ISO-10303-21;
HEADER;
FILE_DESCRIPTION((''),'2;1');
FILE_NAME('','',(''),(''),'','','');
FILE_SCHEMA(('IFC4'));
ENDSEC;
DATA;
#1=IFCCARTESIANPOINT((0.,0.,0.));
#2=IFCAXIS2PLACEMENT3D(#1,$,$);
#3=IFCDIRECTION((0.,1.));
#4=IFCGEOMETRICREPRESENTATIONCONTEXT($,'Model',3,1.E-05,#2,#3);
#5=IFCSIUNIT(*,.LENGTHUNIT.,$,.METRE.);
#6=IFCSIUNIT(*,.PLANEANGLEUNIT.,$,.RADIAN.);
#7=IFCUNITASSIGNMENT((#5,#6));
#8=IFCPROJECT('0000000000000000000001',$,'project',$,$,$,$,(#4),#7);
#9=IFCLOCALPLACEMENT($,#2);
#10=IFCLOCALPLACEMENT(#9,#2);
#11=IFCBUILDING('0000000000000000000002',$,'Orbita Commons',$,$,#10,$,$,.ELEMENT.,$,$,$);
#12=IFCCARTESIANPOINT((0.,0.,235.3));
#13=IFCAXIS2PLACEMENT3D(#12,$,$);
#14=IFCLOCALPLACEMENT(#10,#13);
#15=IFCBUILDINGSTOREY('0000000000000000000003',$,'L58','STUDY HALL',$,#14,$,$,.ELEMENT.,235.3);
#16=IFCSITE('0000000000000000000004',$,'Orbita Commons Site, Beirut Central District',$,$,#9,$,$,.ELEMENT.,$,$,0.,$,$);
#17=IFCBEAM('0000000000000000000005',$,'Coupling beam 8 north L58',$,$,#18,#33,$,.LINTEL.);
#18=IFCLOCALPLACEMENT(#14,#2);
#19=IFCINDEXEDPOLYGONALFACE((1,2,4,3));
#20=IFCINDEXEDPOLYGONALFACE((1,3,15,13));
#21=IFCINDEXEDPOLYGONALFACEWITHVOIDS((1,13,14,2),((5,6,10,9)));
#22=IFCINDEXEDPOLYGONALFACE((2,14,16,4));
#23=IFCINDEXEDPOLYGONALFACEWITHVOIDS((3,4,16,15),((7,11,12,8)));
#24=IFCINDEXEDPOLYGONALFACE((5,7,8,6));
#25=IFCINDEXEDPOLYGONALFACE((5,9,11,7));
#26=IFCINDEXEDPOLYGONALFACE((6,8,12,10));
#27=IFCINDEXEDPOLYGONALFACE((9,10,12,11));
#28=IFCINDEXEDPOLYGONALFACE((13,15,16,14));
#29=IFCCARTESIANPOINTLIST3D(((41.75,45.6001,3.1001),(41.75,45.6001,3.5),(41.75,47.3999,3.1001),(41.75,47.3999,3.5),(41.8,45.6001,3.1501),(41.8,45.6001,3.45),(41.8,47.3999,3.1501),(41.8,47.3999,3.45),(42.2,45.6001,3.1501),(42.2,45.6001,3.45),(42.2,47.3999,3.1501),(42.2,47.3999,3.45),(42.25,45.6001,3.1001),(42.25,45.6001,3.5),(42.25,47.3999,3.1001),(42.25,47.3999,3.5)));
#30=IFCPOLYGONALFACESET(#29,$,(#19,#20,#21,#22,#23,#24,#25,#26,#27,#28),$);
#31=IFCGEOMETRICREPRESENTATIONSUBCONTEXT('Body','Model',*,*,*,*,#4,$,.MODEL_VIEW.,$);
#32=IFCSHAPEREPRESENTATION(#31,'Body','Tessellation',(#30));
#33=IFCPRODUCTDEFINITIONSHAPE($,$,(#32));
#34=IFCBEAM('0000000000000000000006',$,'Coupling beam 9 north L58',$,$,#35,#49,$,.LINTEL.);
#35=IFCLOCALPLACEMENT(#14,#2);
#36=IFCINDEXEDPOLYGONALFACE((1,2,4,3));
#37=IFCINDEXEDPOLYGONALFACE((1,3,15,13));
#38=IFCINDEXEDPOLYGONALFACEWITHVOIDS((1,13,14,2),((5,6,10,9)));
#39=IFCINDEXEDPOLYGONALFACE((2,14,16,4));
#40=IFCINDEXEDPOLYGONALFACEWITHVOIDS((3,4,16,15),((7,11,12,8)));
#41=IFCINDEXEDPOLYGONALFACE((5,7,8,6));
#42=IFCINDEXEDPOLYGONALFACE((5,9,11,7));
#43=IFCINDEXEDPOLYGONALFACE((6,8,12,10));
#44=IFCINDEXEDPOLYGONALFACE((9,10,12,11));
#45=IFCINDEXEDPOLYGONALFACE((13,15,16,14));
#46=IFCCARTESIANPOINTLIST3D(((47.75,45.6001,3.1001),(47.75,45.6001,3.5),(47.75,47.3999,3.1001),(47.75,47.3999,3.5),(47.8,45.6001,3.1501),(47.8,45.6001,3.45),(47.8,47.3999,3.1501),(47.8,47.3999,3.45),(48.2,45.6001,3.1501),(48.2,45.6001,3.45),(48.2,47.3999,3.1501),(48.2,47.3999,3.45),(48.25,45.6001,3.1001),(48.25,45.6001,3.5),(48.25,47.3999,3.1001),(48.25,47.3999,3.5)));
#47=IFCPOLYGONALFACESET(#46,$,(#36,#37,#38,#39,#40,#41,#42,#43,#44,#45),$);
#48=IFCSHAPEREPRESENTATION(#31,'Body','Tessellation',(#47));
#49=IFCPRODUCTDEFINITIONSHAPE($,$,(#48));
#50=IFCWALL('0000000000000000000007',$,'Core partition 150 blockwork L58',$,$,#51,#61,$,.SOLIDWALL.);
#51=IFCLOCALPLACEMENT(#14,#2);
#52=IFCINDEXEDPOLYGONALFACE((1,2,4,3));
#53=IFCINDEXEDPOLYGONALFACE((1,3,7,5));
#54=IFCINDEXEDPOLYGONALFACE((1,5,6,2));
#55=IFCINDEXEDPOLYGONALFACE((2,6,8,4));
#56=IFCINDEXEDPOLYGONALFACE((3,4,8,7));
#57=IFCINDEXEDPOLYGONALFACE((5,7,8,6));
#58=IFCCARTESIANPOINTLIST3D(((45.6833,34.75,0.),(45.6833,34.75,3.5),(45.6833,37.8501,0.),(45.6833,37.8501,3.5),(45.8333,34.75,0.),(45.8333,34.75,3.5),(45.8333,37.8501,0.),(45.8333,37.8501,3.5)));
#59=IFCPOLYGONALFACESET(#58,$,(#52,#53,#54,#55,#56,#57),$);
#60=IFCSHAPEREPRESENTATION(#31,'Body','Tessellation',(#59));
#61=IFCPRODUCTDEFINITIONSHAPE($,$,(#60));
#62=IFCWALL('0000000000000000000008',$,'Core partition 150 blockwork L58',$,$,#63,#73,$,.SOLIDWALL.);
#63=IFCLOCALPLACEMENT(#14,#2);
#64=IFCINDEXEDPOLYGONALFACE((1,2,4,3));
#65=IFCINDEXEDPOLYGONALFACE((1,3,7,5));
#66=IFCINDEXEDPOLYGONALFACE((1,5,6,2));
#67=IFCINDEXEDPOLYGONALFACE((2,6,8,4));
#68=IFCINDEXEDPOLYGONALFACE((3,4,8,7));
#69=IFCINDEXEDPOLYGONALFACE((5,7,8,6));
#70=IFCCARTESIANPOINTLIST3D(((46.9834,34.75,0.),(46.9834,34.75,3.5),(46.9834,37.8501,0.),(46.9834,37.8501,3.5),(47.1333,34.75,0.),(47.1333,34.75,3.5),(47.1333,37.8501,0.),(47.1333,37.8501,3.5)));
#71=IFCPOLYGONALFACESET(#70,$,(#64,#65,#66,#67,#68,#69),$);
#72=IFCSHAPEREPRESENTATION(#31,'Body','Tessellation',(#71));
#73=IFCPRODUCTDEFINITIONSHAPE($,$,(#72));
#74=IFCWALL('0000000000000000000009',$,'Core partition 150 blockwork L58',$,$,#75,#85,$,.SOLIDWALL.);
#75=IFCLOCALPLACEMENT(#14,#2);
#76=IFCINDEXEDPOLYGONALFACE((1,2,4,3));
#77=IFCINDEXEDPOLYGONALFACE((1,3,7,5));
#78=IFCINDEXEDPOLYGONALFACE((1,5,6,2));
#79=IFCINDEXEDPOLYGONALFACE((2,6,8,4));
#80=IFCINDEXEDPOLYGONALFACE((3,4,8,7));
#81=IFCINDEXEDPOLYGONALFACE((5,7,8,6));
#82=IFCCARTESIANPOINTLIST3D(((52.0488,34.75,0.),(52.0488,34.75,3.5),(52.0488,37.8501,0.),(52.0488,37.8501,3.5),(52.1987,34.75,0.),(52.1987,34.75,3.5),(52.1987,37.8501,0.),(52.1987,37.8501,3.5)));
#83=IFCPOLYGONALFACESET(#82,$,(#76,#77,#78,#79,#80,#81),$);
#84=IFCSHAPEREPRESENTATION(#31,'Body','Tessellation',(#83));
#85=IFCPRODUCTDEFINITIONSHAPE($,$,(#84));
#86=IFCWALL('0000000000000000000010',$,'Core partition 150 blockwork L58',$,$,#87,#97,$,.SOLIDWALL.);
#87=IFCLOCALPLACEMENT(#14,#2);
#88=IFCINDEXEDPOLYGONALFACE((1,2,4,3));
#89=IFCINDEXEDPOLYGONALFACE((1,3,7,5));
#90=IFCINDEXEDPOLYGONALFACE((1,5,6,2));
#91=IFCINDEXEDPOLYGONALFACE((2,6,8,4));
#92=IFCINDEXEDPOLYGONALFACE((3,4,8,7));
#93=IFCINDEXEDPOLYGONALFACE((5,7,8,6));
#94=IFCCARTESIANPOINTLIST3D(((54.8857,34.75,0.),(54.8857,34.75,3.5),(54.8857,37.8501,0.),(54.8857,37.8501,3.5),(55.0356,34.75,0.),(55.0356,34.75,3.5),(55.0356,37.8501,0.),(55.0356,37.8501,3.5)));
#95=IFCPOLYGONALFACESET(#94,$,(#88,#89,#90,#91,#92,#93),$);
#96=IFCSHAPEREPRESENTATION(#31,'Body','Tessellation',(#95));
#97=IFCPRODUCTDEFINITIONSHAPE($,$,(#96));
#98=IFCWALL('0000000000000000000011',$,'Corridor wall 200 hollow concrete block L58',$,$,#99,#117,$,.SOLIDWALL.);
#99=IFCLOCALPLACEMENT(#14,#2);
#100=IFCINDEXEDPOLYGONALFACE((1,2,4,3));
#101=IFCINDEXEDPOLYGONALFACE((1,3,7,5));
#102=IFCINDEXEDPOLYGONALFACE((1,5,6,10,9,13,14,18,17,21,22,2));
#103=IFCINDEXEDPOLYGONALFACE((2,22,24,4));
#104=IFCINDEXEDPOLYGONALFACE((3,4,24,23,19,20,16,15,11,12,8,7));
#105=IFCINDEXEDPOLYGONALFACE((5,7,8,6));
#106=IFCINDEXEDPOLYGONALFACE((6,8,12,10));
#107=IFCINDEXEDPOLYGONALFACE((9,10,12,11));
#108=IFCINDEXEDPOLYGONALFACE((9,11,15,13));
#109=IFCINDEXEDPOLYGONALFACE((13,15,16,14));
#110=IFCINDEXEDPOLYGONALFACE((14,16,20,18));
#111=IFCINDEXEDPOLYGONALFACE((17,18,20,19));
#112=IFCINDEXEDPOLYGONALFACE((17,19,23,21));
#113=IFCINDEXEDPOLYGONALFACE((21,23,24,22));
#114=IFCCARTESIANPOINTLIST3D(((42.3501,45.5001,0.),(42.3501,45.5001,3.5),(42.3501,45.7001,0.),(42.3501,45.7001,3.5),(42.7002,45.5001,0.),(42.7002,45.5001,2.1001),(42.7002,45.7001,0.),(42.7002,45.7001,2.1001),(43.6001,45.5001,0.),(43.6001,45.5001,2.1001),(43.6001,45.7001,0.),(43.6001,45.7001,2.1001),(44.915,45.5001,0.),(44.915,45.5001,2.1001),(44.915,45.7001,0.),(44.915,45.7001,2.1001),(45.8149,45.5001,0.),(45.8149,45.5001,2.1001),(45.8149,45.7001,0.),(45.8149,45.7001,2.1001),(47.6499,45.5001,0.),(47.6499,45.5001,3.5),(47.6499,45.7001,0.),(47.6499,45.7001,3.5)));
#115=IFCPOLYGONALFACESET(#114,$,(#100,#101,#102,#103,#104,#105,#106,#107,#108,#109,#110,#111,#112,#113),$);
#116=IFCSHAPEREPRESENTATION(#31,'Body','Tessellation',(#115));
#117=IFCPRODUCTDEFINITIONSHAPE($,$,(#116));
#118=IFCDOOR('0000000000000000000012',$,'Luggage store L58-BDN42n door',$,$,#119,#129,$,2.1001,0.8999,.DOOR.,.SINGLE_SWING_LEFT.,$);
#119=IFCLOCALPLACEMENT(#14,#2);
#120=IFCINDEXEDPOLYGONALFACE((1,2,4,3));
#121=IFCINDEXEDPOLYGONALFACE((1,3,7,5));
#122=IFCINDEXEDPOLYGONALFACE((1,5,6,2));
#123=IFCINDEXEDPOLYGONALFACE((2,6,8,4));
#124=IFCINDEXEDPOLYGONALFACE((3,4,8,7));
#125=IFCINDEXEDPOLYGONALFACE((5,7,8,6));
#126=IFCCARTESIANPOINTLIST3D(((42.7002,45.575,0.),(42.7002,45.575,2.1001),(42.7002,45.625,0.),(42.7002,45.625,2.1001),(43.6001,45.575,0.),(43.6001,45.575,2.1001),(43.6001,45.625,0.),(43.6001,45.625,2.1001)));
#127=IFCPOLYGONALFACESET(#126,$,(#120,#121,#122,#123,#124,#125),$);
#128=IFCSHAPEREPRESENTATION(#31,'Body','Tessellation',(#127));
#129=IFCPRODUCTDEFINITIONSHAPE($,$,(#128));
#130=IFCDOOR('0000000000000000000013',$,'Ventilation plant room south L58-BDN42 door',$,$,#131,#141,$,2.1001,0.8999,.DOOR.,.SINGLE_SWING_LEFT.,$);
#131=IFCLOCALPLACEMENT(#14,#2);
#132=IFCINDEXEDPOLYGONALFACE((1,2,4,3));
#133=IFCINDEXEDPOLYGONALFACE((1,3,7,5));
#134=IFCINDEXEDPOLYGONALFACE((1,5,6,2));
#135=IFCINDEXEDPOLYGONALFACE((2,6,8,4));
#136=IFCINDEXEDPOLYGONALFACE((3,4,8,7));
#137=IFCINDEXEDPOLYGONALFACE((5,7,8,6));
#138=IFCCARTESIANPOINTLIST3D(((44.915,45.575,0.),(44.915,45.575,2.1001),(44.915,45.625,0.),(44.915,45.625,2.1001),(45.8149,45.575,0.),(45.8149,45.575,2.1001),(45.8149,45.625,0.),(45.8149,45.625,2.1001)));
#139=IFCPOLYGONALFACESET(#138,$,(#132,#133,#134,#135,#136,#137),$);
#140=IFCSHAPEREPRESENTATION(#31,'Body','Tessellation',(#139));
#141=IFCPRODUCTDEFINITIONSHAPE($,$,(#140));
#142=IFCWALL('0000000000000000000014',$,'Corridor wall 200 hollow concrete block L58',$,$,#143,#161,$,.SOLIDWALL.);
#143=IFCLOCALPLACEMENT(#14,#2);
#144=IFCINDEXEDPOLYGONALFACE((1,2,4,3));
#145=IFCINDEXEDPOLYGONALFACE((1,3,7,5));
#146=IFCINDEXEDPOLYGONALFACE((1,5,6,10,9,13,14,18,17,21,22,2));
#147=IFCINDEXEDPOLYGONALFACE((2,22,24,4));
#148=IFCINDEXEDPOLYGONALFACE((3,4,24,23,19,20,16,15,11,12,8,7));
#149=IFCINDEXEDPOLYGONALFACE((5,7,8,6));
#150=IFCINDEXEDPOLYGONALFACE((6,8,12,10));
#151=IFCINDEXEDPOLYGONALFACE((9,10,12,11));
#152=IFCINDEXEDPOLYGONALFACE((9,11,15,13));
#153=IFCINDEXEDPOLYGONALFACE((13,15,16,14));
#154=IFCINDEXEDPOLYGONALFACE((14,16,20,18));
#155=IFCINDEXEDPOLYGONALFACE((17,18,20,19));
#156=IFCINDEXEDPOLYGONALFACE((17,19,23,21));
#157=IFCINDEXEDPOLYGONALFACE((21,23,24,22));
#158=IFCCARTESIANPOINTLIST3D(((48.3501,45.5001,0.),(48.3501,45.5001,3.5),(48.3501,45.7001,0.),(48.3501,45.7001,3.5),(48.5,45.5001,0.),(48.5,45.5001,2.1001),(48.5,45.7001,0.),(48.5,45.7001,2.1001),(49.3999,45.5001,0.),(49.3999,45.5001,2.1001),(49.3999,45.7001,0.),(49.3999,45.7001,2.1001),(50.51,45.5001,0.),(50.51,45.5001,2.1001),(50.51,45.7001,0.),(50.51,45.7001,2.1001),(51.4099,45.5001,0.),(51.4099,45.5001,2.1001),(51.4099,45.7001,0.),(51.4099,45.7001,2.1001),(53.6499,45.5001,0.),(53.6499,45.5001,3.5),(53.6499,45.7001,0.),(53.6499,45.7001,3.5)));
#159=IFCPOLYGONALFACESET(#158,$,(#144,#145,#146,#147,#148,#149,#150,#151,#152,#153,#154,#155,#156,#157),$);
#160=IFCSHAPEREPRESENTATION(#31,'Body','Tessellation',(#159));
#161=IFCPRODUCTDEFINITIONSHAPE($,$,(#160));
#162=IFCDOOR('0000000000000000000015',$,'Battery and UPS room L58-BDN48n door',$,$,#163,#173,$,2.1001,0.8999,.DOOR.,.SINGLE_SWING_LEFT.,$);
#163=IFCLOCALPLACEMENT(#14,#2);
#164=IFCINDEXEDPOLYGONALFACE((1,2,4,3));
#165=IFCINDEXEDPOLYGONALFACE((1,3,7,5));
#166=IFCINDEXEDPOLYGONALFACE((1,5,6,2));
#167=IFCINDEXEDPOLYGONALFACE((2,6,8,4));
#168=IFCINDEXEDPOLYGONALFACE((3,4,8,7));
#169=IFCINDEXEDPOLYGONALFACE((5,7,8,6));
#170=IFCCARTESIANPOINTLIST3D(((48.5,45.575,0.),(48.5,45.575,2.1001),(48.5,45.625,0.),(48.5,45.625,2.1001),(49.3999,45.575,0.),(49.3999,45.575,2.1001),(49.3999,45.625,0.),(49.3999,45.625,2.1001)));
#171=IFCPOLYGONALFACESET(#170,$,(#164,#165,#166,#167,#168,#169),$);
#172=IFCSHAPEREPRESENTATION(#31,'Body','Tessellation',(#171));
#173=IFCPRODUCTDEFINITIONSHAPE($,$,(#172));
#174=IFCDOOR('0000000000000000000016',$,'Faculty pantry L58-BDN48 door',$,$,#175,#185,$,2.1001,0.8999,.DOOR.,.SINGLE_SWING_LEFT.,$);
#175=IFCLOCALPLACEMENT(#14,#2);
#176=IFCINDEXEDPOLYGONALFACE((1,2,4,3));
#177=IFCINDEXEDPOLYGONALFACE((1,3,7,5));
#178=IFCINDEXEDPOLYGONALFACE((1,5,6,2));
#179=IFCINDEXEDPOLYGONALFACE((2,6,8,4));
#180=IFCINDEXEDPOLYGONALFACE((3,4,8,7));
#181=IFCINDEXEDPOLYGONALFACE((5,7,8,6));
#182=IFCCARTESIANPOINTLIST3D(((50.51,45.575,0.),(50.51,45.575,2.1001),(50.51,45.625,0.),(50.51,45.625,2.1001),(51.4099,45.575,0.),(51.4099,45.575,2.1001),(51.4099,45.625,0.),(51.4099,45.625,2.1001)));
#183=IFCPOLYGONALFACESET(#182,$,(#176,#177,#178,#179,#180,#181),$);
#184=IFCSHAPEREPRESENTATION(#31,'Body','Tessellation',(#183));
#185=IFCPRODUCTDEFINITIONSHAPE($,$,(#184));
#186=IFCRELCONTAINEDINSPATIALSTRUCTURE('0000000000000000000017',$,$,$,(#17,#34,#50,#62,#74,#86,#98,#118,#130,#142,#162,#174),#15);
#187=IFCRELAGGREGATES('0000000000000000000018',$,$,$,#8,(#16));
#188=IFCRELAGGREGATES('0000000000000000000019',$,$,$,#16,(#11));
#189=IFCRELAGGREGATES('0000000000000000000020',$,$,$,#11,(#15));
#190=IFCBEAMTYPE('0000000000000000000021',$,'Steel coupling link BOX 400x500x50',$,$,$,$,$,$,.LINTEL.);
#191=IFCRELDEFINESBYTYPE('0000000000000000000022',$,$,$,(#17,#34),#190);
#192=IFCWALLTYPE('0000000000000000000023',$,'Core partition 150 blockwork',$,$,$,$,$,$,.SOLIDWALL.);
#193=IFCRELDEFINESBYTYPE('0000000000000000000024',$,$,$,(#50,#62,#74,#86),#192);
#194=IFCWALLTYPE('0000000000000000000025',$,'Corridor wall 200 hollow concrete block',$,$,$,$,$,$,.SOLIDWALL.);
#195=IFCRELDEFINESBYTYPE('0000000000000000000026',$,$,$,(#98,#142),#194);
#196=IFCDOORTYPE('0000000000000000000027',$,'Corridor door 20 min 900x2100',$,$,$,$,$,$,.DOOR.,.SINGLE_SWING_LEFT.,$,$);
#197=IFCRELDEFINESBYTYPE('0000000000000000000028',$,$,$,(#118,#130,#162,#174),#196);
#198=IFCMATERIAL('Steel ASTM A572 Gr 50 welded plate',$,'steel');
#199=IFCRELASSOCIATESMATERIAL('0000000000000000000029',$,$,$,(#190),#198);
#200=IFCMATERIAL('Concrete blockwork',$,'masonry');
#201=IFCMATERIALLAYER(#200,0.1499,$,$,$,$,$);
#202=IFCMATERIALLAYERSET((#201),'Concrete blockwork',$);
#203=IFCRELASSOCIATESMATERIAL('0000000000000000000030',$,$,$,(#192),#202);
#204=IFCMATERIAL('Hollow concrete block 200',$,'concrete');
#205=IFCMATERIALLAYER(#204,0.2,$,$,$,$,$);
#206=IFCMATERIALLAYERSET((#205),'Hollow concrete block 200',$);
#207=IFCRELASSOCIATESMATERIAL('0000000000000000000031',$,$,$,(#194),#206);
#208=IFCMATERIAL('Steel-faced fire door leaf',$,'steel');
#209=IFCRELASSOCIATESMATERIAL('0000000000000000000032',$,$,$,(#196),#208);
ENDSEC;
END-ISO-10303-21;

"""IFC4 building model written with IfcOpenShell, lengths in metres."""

from ifc_helpers import new_model, si_unit, direction, frame, frame_2d, origin, origin_2d, place, context, subcontext, project, spatial, rectangle, hollow_rectangle, extrude, material, layer, layer_set, material_profile, profile_set, type_object, element, fill, save


model = new_model("IFC4")

# Units and contexts
model_context = context("Model", 3, precision=1e-05, world=origin(), true_north=direction((0.0, 1.0)))
body_context = subcontext(model_context, "Body", "Model", "MODEL_VIEW")
ifc_project = project(units=[si_unit("LENGTHUNIT", "METRE"), si_unit("PLANEANGLEUNIT", "RADIAN")], contexts=[model_context])

# Site, building, storey
site_placement = place(None, origin())
site = spatial("IfcSite", under=ifc_project, at=site_placement, Name="Orbita Commons Site, Beirut Central District", CompositionType="ELEMENT", RefElevation=0.0)
building_placement = place(site_placement, origin())
building = spatial("IfcBuilding", under=site, at=building_placement, Name="Orbita Commons", CompositionType="ELEMENT")
storey_placement = place(building_placement, frame((0.0, 0.0, 235.3)))
storey = spatial("IfcBuildingStorey", under=building, at=storey_placement, Name="L58", Description="STUDY HALL", CompositionType="ELEMENT", Elevation=235.3)

# Beams
ifc_material_1 = material(Name="Steel ASTM A572 Gr 50 welded plate", Category="steel")
ifc_material_profile = material_profile(ifc_material_1, hollow_rectangle(XDim=0.5, YDim=0.3999, WallThickness=0.05, at=origin_2d()), Name="BOX 400x500x50")
ifc_profile_set = profile_set([ifc_material_profile], Name="Steel ASTM A572 Gr 50 welded plate")
beam_type = type_object("IfcBeamType", Name="Steel coupling link BOX 400x500x50", PredefinedType="LINTEL", material=ifc_profile_set)
for number, where, z_axis, x_axis, name in (
    (1, (42.0, 45.6001, 3.3), (0.0, 1.0, 0.0), (-1.0, 0.0, 0.0), "Coupling beam 8 north L58"),
    (2, (48.0, 45.6001, 3.3), (0.0, 1.0, 0.0), (-1.0, 0.0, 0.0), "Coupling beam 9 north L58"),
):
    element("IfcBeam", number, at=place(storey_placement, frame(where, z_axis=z_axis, x_axis=x_axis)), inside=storey, type_object=beam_type, Name=name, PredefinedType="LINTEL", context=body_context, shape_type="SweptSolid", body=[
        extrude(hollow_rectangle(XDim=0.5, YDim=0.3999, WallThickness=0.05, at=origin_2d()), origin(), (0.0, 0.0, 1.0), 1.7998),
    ])

# Walls
ifc_material_2 = material(Name="Concrete blockwork", Category="masonry")
ifc_layer_1 = layer(ifc_material_2, 0.1499)
ifc_layer_set_1 = layer_set([ifc_layer_1], Name="Concrete blockwork")
wall_type_1 = type_object("IfcWallType", Name="Core partition 150 blockwork", PredefinedType="SOLIDWALL", material=ifc_layer_set_1)
for number, where, z_axis, x_axis, name in (
    (3, (45.7583, 34.75, 0.0), (0.0, 0.0, 1.0), (0.0, 1.0, 0.0), "Core partition 150 blockwork L58"),
    (4, (47.0583, 34.75, 0.0), (0.0, 0.0, 1.0), (0.0, 1.0, 0.0), "Core partition 150 blockwork L58"),
    (5, (52.1238, 34.75, 0.0), (0.0, 0.0, 1.0), (0.0, 1.0, 0.0), "Core partition 150 blockwork L58"),
    (6, (54.9607, 34.75, 0.0), (0.0, 0.0, 1.0), (0.0, 1.0, 0.0), "Core partition 150 blockwork L58"),
):
    element("IfcWall", number, at=place(storey_placement, frame(where, z_axis=z_axis, x_axis=x_axis)), inside=storey, type_object=wall_type_1, Name=name, PredefinedType="SOLIDWALL", context=body_context, shape_type="SweptSolid", body=[
        extrude(rectangle(XDim=3.1001, YDim=0.1499, at=frame_2d((1.55, 0.0))), origin(), (0.0, 0.0, 1.0), 3.5),
    ])

# Walls, openings, doors
ifc_material_3 = material(Name="Hollow concrete block 200", Category="concrete")
ifc_layer_2 = layer(ifc_material_3, 0.2)
ifc_layer_set_2 = layer_set([ifc_layer_2], Name="Hollow concrete block 200")
wall_type_2 = type_object("IfcWallType", Name="Corridor wall 200 hollow concrete block", PredefinedType="SOLIDWALL", material=ifc_layer_set_2)
wall_1_placement = place(storey_placement, frame((42.3501, 45.6001, 0.0), z_axis=(0.0, 0.0, 1.0), x_axis=(1.0, 0.0, 0.0)))
wall_1 = element("IfcWall", 7, at=wall_1_placement, inside=storey, type_object=wall_type_2, Name="Corridor wall 200 hollow concrete block L58", PredefinedType="SOLIDWALL", context=body_context, shape_type="SweptSolid", body=[
    extrude(rectangle(XDim=5.2998, YDim=0.2, at=frame_2d((2.6499, 0.0))), origin(), (0.0, 0.0, 1.0), 3.5),
])
opening_1_placement = place(wall_1_placement, frame((0.3501, 0.0, 0.0)))
opening_1 = element("IfcOpeningElement", 8, at=opening_1_placement, cuts=wall_1, PredefinedType="OPENING", context=body_context, shape_type="SweptSolid", body=[
    extrude(rectangle(XDim=0.8999, YDim=2.1001, at=frame_2d((0.45, 1.05))), frame((0.0, 0.1099, 0.0), z_axis=(0.0, -1.0, 0.0), x_axis=(1.0, 0.0, 0.0)), (0.0, 0.0, 1.0), 0.22),
])
opening_2_placement = place(wall_1_placement, frame((2.5649, 0.0, 0.0)))
opening_2 = element("IfcOpeningElement", 9, at=opening_2_placement, cuts=wall_1, PredefinedType="OPENING", context=body_context, shape_type="SweptSolid", body=[
    extrude(rectangle(XDim=0.8999, YDim=2.1001, at=frame_2d((0.45, 1.05))), frame((0.0, 0.1099, 0.0), z_axis=(0.0, -1.0, 0.0), x_axis=(1.0, 0.0, 0.0)), (0.0, 0.0, 1.0), 0.22),
])
ifc_material_4 = material(Name="Steel-faced fire door leaf", Category="steel")
door_type = type_object("IfcDoorType", Name="Corridor door 20 min 900x2100", OperationType="SINGLE_SWING_LEFT", PredefinedType="DOOR", material=ifc_material_4)
door_1_placement = place(opening_1_placement, origin())
door_1 = element("IfcDoor", 10, at=door_1_placement, inside=storey, type_object=door_type, Name="Luggage store L58-BDN42n door", OperationType="SINGLE_SWING_LEFT", OverallHeight=2.1001, OverallWidth=0.8999, PredefinedType="DOOR", context=body_context, shape_type="SweptSolid", body=[
    extrude(rectangle(XDim=0.8999, YDim=2.1001, at=frame_2d((0.45, 1.05))), frame((0.0, 0.0249, 0.0), z_axis=(0.0, -1.0, 0.0), x_axis=(1.0, 0.0, 0.0)), (0.0, 0.0, 1.0), 0.05),
])
fill(opening_1, door_1)
door_2_placement = place(opening_2_placement, origin())
door_2 = element("IfcDoor", 11, at=door_2_placement, inside=storey, type_object=door_type, Name="Ventilation plant room south L58-BDN42 door", OperationType="SINGLE_SWING_LEFT", OverallHeight=2.1001, OverallWidth=0.8999, PredefinedType="DOOR", context=body_context, shape_type="SweptSolid", body=[
    extrude(rectangle(XDim=0.8999, YDim=2.1001, at=frame_2d((0.45, 1.05))), frame((0.0, 0.0249, 0.0), z_axis=(0.0, -1.0, 0.0), x_axis=(1.0, 0.0, 0.0)), (0.0, 0.0, 1.0), 0.05),
])
fill(opening_2, door_2)
wall_2_placement = place(storey_placement, frame((48.3501, 45.6001, 0.0), z_axis=(0.0, 0.0, 1.0), x_axis=(1.0, 0.0, 0.0)))
wall_2 = element("IfcWall", 12, at=wall_2_placement, inside=storey, type_object=wall_type_2, Name="Corridor wall 200 hollow concrete block L58", PredefinedType="SOLIDWALL", context=body_context, shape_type="SweptSolid", body=[
    extrude(rectangle(XDim=5.2998, YDim=0.2, at=frame_2d((2.6499, 0.0))), origin(), (0.0, 0.0, 1.0), 3.5),
])
opening_3_placement = place(wall_2_placement, frame((0.1499, 0.0, 0.0)))
opening_3 = element("IfcOpeningElement", 13, at=opening_3_placement, cuts=wall_2, PredefinedType="OPENING", context=body_context, shape_type="SweptSolid", body=[
    extrude(rectangle(XDim=0.8999, YDim=2.1001, at=frame_2d((0.45, 1.05))), frame((0.0, 0.1099, 0.0), z_axis=(0.0, -1.0, 0.0), x_axis=(1.0, 0.0, 0.0)), (0.0, 0.0, 1.0), 0.22),
])
opening_4_placement = place(wall_2_placement, frame((2.1599, 0.0, 0.0)))
opening_4 = element("IfcOpeningElement", 14, at=opening_4_placement, cuts=wall_2, PredefinedType="OPENING", context=body_context, shape_type="SweptSolid", body=[
    extrude(rectangle(XDim=0.8999, YDim=2.1001, at=frame_2d((0.45, 1.05))), frame((0.0, 0.1099, 0.0), z_axis=(0.0, -1.0, 0.0), x_axis=(1.0, 0.0, 0.0)), (0.0, 0.0, 1.0), 0.22),
])
door_3_placement = place(opening_3_placement, origin())
door_3 = element("IfcDoor", 15, at=door_3_placement, inside=storey, type_object=door_type, Name="Battery and UPS room L58-BDN48n door", OperationType="SINGLE_SWING_LEFT", OverallHeight=2.1001, OverallWidth=0.8999, PredefinedType="DOOR", context=body_context, shape_type="SweptSolid", body=[
    extrude(rectangle(XDim=0.8999, YDim=2.1001, at=frame_2d((0.45, 1.05))), frame((0.0, 0.0249, 0.0), z_axis=(0.0, -1.0, 0.0), x_axis=(1.0, 0.0, 0.0)), (0.0, 0.0, 1.0), 0.05),
])
fill(opening_3, door_3)
door_4_placement = place(opening_4_placement, origin())
door_4 = element("IfcDoor", 16, at=door_4_placement, inside=storey, type_object=door_type, Name="Faculty pantry L58-BDN48 door", OperationType="SINGLE_SWING_LEFT", OverallHeight=2.1001, OverallWidth=0.8999, PredefinedType="DOOR", context=body_context, shape_type="SweptSolid", body=[
    extrude(rectangle(XDim=0.8999, YDim=2.1001, at=frame_2d((0.45, 1.05))), frame((0.0, 0.0249, 0.0), z_axis=(0.0, -1.0, 0.0), x_axis=(1.0, 0.0, 0.0)), (0.0, 0.0, 1.0), 0.05),
])
fill(opening_4, door_4)

save(model, "model.ifc")
